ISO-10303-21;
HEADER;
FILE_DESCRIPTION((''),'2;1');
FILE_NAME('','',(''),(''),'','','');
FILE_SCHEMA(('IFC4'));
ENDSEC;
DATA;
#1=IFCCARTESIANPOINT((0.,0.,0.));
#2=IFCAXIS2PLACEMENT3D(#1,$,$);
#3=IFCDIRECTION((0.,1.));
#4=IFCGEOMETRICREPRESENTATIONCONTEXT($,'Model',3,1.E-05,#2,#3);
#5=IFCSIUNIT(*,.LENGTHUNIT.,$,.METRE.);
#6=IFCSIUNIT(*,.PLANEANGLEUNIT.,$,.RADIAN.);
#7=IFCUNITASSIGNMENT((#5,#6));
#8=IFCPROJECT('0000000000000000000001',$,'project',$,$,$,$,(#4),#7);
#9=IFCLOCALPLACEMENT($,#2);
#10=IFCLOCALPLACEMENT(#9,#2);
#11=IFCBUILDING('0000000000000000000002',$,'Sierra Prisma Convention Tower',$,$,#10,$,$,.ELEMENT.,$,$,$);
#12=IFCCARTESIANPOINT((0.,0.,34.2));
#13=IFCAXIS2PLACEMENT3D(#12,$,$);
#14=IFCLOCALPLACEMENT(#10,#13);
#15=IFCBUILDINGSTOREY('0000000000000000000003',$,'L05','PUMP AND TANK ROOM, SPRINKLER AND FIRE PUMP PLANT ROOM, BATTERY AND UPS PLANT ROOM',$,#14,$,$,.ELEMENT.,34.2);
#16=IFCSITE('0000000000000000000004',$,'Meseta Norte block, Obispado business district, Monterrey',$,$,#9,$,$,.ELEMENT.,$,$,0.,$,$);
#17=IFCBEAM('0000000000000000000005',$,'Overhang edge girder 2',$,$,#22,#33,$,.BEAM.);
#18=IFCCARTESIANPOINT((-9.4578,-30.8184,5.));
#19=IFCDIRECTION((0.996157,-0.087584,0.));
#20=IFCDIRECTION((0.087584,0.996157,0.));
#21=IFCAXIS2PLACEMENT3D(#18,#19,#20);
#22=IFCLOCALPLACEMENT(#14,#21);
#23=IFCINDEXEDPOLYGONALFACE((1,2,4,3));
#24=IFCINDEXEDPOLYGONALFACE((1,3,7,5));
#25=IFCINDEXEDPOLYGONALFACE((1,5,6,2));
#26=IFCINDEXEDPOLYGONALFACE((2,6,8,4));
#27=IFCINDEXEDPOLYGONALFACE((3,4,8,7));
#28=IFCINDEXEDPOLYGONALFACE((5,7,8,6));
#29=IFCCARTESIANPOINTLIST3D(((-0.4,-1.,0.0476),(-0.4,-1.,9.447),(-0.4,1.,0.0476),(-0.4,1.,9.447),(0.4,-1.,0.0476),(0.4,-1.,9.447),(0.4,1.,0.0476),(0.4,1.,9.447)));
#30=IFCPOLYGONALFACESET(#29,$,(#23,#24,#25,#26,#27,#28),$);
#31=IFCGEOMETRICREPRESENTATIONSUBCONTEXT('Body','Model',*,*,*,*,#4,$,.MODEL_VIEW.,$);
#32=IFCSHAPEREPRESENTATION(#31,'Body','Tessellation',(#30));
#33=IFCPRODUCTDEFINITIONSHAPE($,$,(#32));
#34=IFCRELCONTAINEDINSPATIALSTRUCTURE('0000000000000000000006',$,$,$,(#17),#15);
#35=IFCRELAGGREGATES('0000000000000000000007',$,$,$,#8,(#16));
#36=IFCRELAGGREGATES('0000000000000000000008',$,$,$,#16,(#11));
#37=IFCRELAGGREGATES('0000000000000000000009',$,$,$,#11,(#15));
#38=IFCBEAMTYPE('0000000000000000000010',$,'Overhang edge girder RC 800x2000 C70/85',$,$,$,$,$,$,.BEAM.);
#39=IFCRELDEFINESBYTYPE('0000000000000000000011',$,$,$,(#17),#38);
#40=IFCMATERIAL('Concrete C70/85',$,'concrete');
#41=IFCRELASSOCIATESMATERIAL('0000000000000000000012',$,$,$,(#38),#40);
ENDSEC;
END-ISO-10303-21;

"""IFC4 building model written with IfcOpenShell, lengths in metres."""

from ifc_helpers import new_model, si_unit, direction, frame, origin, origin_2d, place, context, subcontext, project, spatial, rectangle, extrude, clip, halfspace, material, material_profile, profile_set, type_object, element, save


model = new_model("IFC4")

# Units and contexts
model_context = context("Model", 3, precision=1e-05, world=origin(), true_north=direction((0.0, 1.0)))
body_context = subcontext(model_context, "Body", "Model", "MODEL_VIEW")
ifc_project = project(units=[si_unit("LENGTHUNIT", "METRE"), si_unit("PLANEANGLEUNIT", "RADIAN")], contexts=[model_context])

# Site, building, storey
site_placement = place(None, origin())
site = spatial("IfcSite", under=ifc_project, at=site_placement, Name="Meseta Norte block, Obispado business district, Monterrey", CompositionType="ELEMENT", RefElevation=0.0)
building_placement = place(site_placement, origin())
building = spatial("IfcBuilding", under=site, at=building_placement, Name="Sierra Prisma Convention Tower", CompositionType="ELEMENT")
storey_placement = place(building_placement, frame((0.0, 0.0, 34.2)))
storey = spatial("IfcBuildingStorey", under=building, at=storey_placement, Name="L05", Description="PUMP AND TANK ROOM, SPRINKLER AND FIRE PUMP PLANT ROOM, BATTERY AND UPS PLANT ROOM", CompositionType="ELEMENT", Elevation=34.2)

# Beam
ifc_material_1 = material(Name="Concrete C70/85", Category="concrete")
ifc_material_profile_1 = material_profile(ifc_material_1, rectangle(XDim=0.8, YDim=2.0, at=origin_2d()), Name="Overhang edge girder RC 800x2000 C70/85")
ifc_profile_set_1 = profile_set([ifc_material_profile_1], Name="Concrete C70/85")
beam_type_1 = type_object("IfcBeamType", Name="Overhang edge girder RC 800x2000 C70/85", PredefinedType="BEAM", material=ifc_profile_set_1)
beam_1_placement = place(storey_placement, frame((-9.4578, -30.8184, 5.0), z_axis=(0.996157, -0.087584, 0.0), x_axis=(0.087584, 0.996157, 0.0)))
element("IfcBeam", 1, at=beam_1_placement, inside=storey, type_object=beam_type_1, Name="Overhang edge girder 2", PredefinedType="BEAM", context=body_context, shape_type="SweptSolid", body=[
    clip(clip(extrude(rectangle(XDim=0.8, YDim=2.0, at=origin_2d()), origin(), (0.0, 0.0, 1.0), 9.4941), halfspace(frame((0.0, 0.0, 0.0476)), True)), halfspace(frame((0.0, 0.0, 9.447)), False)),
])

save(model, "model.ifc")
